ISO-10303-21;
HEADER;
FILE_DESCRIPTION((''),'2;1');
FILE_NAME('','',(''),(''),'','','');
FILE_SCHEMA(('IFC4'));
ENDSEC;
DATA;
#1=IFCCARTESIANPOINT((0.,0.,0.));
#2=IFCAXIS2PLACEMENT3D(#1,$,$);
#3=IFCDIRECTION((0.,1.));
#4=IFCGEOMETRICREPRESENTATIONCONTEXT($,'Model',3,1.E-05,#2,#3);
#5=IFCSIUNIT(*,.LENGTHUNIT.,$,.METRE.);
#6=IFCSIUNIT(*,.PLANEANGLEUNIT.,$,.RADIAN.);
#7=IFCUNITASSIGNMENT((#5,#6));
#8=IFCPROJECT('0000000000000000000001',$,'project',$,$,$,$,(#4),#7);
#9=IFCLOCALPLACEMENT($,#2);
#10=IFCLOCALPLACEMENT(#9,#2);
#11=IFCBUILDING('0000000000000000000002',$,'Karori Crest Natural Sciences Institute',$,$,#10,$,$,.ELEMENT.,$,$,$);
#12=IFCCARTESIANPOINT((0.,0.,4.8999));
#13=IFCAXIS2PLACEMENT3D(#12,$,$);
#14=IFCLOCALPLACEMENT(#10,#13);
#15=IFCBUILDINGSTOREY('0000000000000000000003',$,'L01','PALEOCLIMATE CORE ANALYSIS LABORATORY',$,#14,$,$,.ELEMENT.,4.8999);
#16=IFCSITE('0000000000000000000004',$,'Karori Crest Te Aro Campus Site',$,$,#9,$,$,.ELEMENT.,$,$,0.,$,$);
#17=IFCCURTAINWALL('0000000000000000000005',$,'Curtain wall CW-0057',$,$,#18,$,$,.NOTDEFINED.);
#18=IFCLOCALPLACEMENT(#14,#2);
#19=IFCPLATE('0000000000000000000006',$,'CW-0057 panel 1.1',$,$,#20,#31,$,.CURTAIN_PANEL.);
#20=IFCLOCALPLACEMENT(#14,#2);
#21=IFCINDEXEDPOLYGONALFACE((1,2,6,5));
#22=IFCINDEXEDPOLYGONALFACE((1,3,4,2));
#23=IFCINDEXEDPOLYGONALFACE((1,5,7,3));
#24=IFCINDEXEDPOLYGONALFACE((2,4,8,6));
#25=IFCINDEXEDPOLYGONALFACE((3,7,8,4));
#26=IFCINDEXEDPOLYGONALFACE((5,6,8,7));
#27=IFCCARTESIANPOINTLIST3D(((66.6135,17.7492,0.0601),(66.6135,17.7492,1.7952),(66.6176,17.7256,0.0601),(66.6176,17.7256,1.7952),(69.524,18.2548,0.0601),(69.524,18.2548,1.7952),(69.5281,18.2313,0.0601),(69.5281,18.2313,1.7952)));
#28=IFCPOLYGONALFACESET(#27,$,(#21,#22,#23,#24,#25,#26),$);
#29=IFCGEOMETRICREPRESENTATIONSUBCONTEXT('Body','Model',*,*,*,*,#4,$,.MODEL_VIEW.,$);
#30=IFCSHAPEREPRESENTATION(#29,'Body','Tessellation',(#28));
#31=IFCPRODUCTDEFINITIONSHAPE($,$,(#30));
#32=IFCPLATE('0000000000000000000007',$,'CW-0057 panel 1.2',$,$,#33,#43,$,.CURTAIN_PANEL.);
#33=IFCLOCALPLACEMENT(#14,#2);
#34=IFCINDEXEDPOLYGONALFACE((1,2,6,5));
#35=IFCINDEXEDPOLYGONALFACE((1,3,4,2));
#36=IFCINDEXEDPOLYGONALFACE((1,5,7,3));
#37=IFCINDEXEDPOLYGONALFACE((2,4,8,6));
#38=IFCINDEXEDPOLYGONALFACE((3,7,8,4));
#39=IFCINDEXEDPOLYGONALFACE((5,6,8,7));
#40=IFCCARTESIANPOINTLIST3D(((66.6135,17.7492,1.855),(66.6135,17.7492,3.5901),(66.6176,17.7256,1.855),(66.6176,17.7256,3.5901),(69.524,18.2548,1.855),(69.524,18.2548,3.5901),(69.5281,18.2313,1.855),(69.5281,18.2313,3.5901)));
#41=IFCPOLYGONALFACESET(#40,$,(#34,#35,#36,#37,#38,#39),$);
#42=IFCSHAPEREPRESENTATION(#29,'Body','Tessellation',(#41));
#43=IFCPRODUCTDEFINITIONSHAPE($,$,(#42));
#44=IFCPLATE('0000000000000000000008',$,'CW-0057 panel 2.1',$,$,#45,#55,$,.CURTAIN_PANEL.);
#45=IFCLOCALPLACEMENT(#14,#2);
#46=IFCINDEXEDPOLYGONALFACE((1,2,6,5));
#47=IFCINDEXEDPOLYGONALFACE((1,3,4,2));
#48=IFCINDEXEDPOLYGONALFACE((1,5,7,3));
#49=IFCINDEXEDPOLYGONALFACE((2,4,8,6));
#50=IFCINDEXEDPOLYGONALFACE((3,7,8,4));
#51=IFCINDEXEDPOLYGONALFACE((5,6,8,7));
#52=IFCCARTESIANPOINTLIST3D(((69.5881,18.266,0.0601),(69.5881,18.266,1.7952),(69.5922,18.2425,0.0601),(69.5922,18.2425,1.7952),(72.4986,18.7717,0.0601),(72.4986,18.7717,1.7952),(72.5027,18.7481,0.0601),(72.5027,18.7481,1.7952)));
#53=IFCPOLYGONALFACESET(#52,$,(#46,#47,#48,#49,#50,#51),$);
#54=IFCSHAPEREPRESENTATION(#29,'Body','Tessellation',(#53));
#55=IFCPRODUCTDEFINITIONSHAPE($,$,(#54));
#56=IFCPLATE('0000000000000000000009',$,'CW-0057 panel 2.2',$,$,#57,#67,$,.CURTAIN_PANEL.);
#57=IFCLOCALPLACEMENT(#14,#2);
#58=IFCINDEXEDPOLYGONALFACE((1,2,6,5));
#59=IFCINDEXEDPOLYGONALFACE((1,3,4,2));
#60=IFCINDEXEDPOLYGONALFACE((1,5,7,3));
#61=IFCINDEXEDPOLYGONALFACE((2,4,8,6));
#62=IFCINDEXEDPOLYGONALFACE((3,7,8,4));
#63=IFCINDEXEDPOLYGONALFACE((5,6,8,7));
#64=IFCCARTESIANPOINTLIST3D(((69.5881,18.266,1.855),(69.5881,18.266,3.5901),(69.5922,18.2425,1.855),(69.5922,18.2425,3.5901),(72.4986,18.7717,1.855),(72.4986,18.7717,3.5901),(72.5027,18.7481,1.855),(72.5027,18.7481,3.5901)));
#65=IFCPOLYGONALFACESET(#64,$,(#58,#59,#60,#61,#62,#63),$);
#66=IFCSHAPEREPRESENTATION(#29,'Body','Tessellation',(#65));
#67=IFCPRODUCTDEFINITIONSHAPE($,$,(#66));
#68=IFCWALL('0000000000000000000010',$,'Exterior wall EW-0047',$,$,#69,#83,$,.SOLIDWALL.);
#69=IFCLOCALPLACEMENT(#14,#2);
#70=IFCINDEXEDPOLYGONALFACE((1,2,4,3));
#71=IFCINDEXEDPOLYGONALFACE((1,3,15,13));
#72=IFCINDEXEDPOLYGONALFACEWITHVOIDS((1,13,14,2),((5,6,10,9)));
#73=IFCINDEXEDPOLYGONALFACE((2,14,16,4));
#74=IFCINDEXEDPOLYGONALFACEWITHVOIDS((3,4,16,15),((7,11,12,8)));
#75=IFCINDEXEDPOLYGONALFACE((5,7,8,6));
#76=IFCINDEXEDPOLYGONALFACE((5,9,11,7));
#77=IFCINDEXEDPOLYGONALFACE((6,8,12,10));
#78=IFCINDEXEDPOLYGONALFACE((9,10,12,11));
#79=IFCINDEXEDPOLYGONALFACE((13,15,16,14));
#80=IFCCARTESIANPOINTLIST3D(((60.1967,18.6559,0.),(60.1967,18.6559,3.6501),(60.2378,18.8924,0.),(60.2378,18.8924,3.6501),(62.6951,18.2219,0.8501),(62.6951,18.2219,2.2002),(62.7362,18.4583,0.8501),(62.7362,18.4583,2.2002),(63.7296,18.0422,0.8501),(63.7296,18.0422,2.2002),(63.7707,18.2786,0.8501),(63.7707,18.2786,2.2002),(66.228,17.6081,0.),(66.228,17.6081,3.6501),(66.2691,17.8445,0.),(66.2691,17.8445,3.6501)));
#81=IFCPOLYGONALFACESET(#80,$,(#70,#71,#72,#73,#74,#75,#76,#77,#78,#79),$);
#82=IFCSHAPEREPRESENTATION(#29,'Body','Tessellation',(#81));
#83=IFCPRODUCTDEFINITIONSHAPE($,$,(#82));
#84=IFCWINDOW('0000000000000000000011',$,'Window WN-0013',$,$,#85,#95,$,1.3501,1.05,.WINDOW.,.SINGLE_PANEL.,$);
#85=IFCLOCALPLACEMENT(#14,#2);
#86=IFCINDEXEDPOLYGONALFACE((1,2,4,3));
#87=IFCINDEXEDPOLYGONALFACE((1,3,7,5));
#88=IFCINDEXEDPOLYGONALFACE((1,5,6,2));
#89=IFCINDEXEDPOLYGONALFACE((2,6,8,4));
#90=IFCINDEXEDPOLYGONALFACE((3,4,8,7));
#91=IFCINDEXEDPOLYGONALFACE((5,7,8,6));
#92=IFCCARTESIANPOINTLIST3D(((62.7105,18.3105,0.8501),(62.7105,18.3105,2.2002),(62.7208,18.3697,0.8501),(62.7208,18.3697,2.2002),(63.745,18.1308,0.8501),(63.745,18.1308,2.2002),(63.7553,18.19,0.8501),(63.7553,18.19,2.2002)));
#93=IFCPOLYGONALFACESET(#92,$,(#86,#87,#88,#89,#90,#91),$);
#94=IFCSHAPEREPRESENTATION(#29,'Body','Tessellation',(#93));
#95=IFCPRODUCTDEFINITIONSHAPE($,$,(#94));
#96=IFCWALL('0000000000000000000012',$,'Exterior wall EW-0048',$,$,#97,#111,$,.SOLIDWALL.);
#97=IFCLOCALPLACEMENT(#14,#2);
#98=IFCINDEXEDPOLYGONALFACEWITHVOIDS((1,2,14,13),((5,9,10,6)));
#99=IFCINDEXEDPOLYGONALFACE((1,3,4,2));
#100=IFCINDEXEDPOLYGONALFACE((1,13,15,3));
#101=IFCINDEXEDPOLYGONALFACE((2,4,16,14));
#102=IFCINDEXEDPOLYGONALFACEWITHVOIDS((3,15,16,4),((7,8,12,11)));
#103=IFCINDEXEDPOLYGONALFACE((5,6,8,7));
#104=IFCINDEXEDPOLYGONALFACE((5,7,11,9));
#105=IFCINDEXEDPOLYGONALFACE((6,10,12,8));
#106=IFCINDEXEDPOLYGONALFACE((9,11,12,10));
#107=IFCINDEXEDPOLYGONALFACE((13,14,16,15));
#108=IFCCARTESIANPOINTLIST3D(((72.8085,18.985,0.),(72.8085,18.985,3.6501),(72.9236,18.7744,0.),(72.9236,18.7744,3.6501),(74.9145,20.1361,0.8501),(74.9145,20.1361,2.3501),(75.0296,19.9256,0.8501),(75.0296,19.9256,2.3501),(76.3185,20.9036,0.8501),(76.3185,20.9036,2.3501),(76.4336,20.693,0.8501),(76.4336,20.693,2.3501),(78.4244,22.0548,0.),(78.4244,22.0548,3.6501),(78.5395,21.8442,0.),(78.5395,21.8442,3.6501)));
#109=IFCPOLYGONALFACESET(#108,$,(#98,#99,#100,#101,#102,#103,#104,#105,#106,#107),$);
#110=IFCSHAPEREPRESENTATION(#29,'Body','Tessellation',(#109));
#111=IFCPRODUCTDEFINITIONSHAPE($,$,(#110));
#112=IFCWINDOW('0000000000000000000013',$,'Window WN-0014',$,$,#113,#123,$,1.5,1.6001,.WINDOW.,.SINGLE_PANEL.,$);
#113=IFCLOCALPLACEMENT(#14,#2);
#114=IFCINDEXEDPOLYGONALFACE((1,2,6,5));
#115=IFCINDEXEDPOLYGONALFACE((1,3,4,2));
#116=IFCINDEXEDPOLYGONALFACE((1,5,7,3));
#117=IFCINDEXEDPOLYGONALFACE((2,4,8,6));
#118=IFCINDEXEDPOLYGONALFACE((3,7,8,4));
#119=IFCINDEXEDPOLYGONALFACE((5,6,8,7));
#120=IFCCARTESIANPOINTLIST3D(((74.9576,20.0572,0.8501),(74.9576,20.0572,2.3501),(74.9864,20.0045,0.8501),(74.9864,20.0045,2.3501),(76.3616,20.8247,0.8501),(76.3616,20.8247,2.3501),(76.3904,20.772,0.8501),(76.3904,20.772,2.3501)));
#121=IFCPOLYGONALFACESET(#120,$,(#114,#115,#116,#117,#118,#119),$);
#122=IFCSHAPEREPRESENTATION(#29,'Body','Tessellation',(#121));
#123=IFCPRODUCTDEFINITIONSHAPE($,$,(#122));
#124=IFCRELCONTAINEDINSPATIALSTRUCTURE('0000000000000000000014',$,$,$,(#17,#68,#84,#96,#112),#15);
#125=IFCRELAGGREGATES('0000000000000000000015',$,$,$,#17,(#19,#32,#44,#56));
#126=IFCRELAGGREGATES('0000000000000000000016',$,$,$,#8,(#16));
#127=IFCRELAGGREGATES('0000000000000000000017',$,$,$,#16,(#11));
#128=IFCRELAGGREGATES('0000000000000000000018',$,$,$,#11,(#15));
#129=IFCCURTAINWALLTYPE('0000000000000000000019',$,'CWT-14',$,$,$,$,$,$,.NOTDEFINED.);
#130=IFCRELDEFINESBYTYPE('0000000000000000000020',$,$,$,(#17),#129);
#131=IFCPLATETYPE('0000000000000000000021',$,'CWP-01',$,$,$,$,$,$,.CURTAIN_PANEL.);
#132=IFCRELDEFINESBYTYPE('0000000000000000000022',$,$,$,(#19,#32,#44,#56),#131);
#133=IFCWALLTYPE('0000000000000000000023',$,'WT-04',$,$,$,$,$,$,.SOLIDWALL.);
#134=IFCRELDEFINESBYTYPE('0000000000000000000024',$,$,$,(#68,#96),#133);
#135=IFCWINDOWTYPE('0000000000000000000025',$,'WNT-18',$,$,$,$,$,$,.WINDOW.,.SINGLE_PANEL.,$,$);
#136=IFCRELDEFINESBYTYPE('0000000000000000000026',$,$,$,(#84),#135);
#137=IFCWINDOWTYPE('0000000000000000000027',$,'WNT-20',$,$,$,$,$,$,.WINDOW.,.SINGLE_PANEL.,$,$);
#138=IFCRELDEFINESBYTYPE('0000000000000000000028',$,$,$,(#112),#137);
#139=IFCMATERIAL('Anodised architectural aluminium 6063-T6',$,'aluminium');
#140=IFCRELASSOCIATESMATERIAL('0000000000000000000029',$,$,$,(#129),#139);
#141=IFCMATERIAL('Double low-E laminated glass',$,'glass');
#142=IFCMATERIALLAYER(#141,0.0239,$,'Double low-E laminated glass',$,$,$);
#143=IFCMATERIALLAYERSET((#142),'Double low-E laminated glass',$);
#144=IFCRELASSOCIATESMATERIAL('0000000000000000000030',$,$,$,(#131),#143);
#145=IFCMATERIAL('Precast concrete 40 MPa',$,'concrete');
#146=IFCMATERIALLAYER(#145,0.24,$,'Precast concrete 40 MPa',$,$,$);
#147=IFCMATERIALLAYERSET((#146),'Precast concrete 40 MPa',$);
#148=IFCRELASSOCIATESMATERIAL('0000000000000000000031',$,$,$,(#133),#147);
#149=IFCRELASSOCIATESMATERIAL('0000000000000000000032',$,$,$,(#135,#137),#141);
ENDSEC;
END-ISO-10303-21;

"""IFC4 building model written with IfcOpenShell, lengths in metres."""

from ifc_helpers import new_model, si_unit, direction, frame, frame_2d, origin, origin_2d, place, context, subcontext, project, spatial, rectangle, extrude, material, layer, layer_set, type_object, element, fill, aggregate, save


model = new_model("IFC4")

# Units and contexts
model_context = context("Model", 3, precision=1e-05, world=origin(), true_north=direction((0.0, 1.0)))
body_context = subcontext(model_context, "Body", "Model", "MODEL_VIEW")
ifc_project = project(units=[si_unit("LENGTHUNIT", "METRE"), si_unit("PLANEANGLEUNIT", "RADIAN")], contexts=[model_context])

# Site, building, storey
site_placement = place(None, origin())
site = spatial("IfcSite", under=ifc_project, at=site_placement, Name="Karori Crest Te Aro Campus Site", CompositionType="ELEMENT", RefElevation=0.0)
building_placement = place(site_placement, origin())
building = spatial("IfcBuilding", under=site, at=building_placement, Name="Karori Crest Natural Sciences Institute", CompositionType="ELEMENT")
storey_placement = place(building_placement, frame((0.0, 0.0, 4.8999)))
storey = spatial("IfcBuildingStorey", under=building, at=storey_placement, Name="L01", Description="PALEOCLIMATE CORE ANALYSIS LABORATORY", CompositionType="ELEMENT", Elevation=4.8999)

# Shared definitions
ifc_material_1 = material(Name="Anodised architectural aluminium 6063-T6", Category="aluminium")

# Curtain wall, plates
curtain_wall_type_1 = type_object("IfcCurtainWallType", Name="CWT-14", PredefinedType="NOTDEFINED", material=ifc_material_1)
curtain_wall_1_placement = place(storey_placement, origin())
curtain_wall_1 = element("IfcCurtainWall", 1, at=curtain_wall_1_placement, inside=storey, type_object=curtain_wall_type_1, Name="Curtain wall CW-0057", PredefinedType="NOTDEFINED")
ifc_material_2 = material(Name="Double low-E laminated glass", Category="glass")
ifc_layer_1 = layer(ifc_material_2, 0.0239, Name="Double low-E laminated glass")
ifc_layer_set_1 = layer_set([ifc_layer_1], Name="Double low-E laminated glass")
plate_type = type_object("IfcPlateType", Name="CWP-01", PredefinedType="CURTAIN_PANEL", material=ifc_layer_set_1)
plate_1_placement = place(storey_placement, frame((68.0708, 17.9902, 0.0601), z_axis=(0.0, 0.0, 1.0), x_axis=(0.985241, 0.17117, 0.0)))
plate_1 = element("IfcPlate", 2, at=plate_1_placement, type_object=plate_type, Name="CW-0057 panel 1.1", PredefinedType="CURTAIN_PANEL", context=body_context, shape_type="SweptSolid", body=[
    extrude(rectangle(XDim=2.9541, YDim=0.0239, at=origin_2d()), origin(), (0.0, 0.0, 1.0), 1.7351),
])
plate_2_placement = place(storey_placement, frame((68.0708, 17.9902, 1.855), z_axis=(0.0, 0.0, 1.0), x_axis=(0.985241, 0.17117, 0.0)))
plate_2 = element("IfcPlate", 3, at=plate_2_placement, type_object=plate_type, Name="CW-0057 panel 1.2", PredefinedType="CURTAIN_PANEL", context=body_context, shape_type="SweptSolid", body=[
    extrude(rectangle(XDim=2.9541, YDim=0.0239, at=origin_2d()), origin(), (0.0, 0.0, 1.0), 1.7351),
])
plate_3_placement = place(storey_placement, frame((71.0454, 18.5071, 0.0601), z_axis=(0.0, 0.0, 1.0), x_axis=(0.985241, 0.17117, 0.0)))
plate_3 = element("IfcPlate", 4, at=plate_3_placement, type_object=plate_type, Name="CW-0057 panel 2.1", PredefinedType="CURTAIN_PANEL", context=body_context, shape_type="SweptSolid", body=[
    extrude(rectangle(XDim=2.9541, YDim=0.0239, at=origin_2d()), origin(), (0.0, 0.0, 1.0), 1.7351),
])
plate_4_placement = place(storey_placement, frame((71.0454, 18.5071, 1.855), z_axis=(0.0, 0.0, 1.0), x_axis=(0.985241, 0.17117, 0.0)))
plate_4 = element("IfcPlate", 5, at=plate_4_placement, type_object=plate_type, Name="CW-0057 panel 2.2", PredefinedType="CURTAIN_PANEL", context=body_context, shape_type="SweptSolid", body=[
    extrude(rectangle(XDim=2.9541, YDim=0.0239, at=origin_2d()), origin(), (0.0, 0.0, 1.0), 1.7351),
])
aggregate(curtain_wall_1, [plate_1, plate_2, plate_3, plate_4])

# Walls, openings, windows
ifc_material_3 = material(Name="Precast concrete 40 MPa", Category="concrete")
ifc_layer_2 = layer(ifc_material_3, 0.24, Name="Precast concrete 40 MPa")
ifc_layer_set_2 = layer_set([ifc_layer_2], Name="Precast concrete 40 MPa")
wall_type = type_object("IfcWallType", Name="WT-04", PredefinedType="SOLIDWALL", material=ifc_layer_set_2)
wall_1_placement = place(storey_placement, frame((60.2173, 18.7742, 0.0), z_axis=(0.0, 0.0, 1.0), x_axis=(0.985241, -0.171173, 0.0)))
wall_1 = element("IfcWall", 6, at=wall_1_placement, inside=storey, type_object=wall_type, Name="Exterior wall EW-0047", PredefinedType="SOLIDWALL", context=body_context, shape_type="SweptSolid", body=[
    extrude(rectangle(XDim=6.1216, YDim=0.24, at=frame_2d((3.0608, 0.0))), origin(), (0.0, 0.0, 1.0), 3.6501),
])
opening_1_placement = place(wall_1_placement, frame((2.5359, 0.0, 0.8501)))
opening_1 = element("IfcOpeningElement", 7, at=opening_1_placement, cuts=wall_1, PredefinedType="OPENING", context=body_context, shape_type="SweptSolid", body=[
    extrude(rectangle(XDim=1.05, YDim=1.3501, at=frame_2d((0.5249, 0.675))), frame((0.0, 0.1299, 0.0), z_axis=(0.0, -1.0, 0.0), x_axis=(1.0, 0.0, 0.0)), (0.0, 0.0, 1.0), 0.26),
])
window_type_1 = type_object("IfcWindowType", Name="WNT-18", PartitioningType="SINGLE_PANEL", PredefinedType="WINDOW", material=ifc_material_2)
window_1_placement = place(opening_1_placement, origin())
window_1 = element("IfcWindow", 8, at=window_1_placement, inside=storey, type_object=window_type_1, Name="Window WN-0013", OverallHeight=1.3501, OverallWidth=1.05, PartitioningType="SINGLE_PANEL", PredefinedType="WINDOW", context=body_context, shape_type="SweptSolid", body=[
    extrude(rectangle(XDim=1.05, YDim=1.3501, at=frame_2d((0.5249, 0.675))), frame((0.0, 0.03, 0.0), z_axis=(0.0, -1.0, 0.0), x_axis=(1.0, 0.0, 0.0)), (0.0, 0.0, 1.0), 0.0601),
])
fill(opening_1, window_1)
wall_2_placement = place(storey_placement, frame((72.866, 18.8796, 0.0), z_axis=(0.0, 0.0, 1.0), x_axis=(0.877464, 0.479643, 0.0)))
wall_2 = element("IfcWall", 9, at=wall_2_placement, inside=storey, type_object=wall_type, Name="Exterior wall EW-0048", PredefinedType="SOLIDWALL", context=body_context, shape_type="SweptSolid", body=[
    extrude(rectangle(XDim=6.4001, YDim=0.24, at=frame_2d((3.2002, 0.0))), origin(), (0.0, 0.0, 1.0), 3.6501),
])
opening_2_placement = place(wall_2_placement, frame((2.4001, 0.0, 0.8501)))
opening_2 = element("IfcOpeningElement", 10, at=opening_2_placement, cuts=wall_2, PredefinedType="OPENING", context=body_context, shape_type="SweptSolid", body=[
    extrude(rectangle(XDim=1.6001, YDim=1.5, at=frame_2d((0.8, 0.75))), frame((0.0, 0.1299, 0.0), z_axis=(0.0, -1.0, 0.0), x_axis=(1.0, 0.0, 0.0)), (0.0, 0.0, 1.0), 0.26),
])
window_type_2 = type_object("IfcWindowType", Name="WNT-20", PartitioningType="SINGLE_PANEL", PredefinedType="WINDOW", material=ifc_material_2)
window_2_placement = place(opening_2_placement, origin())
window_2 = element("IfcWindow", 11, at=window_2_placement, inside=storey, type_object=window_type_2, Name="Window WN-0014", OverallHeight=1.5, OverallWidth=1.6001, PartitioningType="SINGLE_PANEL", PredefinedType="WINDOW", context=body_context, shape_type="SweptSolid", body=[
    extrude(rectangle(XDim=1.6001, YDim=1.5, at=frame_2d((0.8, 0.75))), frame((0.0, 0.03, 0.0), z_axis=(0.0, -1.0, 0.0), x_axis=(1.0, 0.0, 0.0)), (0.0, 0.0, 1.0), 0.0601),
])
fill(opening_2, window_2)

save(model, "model.ifc")
